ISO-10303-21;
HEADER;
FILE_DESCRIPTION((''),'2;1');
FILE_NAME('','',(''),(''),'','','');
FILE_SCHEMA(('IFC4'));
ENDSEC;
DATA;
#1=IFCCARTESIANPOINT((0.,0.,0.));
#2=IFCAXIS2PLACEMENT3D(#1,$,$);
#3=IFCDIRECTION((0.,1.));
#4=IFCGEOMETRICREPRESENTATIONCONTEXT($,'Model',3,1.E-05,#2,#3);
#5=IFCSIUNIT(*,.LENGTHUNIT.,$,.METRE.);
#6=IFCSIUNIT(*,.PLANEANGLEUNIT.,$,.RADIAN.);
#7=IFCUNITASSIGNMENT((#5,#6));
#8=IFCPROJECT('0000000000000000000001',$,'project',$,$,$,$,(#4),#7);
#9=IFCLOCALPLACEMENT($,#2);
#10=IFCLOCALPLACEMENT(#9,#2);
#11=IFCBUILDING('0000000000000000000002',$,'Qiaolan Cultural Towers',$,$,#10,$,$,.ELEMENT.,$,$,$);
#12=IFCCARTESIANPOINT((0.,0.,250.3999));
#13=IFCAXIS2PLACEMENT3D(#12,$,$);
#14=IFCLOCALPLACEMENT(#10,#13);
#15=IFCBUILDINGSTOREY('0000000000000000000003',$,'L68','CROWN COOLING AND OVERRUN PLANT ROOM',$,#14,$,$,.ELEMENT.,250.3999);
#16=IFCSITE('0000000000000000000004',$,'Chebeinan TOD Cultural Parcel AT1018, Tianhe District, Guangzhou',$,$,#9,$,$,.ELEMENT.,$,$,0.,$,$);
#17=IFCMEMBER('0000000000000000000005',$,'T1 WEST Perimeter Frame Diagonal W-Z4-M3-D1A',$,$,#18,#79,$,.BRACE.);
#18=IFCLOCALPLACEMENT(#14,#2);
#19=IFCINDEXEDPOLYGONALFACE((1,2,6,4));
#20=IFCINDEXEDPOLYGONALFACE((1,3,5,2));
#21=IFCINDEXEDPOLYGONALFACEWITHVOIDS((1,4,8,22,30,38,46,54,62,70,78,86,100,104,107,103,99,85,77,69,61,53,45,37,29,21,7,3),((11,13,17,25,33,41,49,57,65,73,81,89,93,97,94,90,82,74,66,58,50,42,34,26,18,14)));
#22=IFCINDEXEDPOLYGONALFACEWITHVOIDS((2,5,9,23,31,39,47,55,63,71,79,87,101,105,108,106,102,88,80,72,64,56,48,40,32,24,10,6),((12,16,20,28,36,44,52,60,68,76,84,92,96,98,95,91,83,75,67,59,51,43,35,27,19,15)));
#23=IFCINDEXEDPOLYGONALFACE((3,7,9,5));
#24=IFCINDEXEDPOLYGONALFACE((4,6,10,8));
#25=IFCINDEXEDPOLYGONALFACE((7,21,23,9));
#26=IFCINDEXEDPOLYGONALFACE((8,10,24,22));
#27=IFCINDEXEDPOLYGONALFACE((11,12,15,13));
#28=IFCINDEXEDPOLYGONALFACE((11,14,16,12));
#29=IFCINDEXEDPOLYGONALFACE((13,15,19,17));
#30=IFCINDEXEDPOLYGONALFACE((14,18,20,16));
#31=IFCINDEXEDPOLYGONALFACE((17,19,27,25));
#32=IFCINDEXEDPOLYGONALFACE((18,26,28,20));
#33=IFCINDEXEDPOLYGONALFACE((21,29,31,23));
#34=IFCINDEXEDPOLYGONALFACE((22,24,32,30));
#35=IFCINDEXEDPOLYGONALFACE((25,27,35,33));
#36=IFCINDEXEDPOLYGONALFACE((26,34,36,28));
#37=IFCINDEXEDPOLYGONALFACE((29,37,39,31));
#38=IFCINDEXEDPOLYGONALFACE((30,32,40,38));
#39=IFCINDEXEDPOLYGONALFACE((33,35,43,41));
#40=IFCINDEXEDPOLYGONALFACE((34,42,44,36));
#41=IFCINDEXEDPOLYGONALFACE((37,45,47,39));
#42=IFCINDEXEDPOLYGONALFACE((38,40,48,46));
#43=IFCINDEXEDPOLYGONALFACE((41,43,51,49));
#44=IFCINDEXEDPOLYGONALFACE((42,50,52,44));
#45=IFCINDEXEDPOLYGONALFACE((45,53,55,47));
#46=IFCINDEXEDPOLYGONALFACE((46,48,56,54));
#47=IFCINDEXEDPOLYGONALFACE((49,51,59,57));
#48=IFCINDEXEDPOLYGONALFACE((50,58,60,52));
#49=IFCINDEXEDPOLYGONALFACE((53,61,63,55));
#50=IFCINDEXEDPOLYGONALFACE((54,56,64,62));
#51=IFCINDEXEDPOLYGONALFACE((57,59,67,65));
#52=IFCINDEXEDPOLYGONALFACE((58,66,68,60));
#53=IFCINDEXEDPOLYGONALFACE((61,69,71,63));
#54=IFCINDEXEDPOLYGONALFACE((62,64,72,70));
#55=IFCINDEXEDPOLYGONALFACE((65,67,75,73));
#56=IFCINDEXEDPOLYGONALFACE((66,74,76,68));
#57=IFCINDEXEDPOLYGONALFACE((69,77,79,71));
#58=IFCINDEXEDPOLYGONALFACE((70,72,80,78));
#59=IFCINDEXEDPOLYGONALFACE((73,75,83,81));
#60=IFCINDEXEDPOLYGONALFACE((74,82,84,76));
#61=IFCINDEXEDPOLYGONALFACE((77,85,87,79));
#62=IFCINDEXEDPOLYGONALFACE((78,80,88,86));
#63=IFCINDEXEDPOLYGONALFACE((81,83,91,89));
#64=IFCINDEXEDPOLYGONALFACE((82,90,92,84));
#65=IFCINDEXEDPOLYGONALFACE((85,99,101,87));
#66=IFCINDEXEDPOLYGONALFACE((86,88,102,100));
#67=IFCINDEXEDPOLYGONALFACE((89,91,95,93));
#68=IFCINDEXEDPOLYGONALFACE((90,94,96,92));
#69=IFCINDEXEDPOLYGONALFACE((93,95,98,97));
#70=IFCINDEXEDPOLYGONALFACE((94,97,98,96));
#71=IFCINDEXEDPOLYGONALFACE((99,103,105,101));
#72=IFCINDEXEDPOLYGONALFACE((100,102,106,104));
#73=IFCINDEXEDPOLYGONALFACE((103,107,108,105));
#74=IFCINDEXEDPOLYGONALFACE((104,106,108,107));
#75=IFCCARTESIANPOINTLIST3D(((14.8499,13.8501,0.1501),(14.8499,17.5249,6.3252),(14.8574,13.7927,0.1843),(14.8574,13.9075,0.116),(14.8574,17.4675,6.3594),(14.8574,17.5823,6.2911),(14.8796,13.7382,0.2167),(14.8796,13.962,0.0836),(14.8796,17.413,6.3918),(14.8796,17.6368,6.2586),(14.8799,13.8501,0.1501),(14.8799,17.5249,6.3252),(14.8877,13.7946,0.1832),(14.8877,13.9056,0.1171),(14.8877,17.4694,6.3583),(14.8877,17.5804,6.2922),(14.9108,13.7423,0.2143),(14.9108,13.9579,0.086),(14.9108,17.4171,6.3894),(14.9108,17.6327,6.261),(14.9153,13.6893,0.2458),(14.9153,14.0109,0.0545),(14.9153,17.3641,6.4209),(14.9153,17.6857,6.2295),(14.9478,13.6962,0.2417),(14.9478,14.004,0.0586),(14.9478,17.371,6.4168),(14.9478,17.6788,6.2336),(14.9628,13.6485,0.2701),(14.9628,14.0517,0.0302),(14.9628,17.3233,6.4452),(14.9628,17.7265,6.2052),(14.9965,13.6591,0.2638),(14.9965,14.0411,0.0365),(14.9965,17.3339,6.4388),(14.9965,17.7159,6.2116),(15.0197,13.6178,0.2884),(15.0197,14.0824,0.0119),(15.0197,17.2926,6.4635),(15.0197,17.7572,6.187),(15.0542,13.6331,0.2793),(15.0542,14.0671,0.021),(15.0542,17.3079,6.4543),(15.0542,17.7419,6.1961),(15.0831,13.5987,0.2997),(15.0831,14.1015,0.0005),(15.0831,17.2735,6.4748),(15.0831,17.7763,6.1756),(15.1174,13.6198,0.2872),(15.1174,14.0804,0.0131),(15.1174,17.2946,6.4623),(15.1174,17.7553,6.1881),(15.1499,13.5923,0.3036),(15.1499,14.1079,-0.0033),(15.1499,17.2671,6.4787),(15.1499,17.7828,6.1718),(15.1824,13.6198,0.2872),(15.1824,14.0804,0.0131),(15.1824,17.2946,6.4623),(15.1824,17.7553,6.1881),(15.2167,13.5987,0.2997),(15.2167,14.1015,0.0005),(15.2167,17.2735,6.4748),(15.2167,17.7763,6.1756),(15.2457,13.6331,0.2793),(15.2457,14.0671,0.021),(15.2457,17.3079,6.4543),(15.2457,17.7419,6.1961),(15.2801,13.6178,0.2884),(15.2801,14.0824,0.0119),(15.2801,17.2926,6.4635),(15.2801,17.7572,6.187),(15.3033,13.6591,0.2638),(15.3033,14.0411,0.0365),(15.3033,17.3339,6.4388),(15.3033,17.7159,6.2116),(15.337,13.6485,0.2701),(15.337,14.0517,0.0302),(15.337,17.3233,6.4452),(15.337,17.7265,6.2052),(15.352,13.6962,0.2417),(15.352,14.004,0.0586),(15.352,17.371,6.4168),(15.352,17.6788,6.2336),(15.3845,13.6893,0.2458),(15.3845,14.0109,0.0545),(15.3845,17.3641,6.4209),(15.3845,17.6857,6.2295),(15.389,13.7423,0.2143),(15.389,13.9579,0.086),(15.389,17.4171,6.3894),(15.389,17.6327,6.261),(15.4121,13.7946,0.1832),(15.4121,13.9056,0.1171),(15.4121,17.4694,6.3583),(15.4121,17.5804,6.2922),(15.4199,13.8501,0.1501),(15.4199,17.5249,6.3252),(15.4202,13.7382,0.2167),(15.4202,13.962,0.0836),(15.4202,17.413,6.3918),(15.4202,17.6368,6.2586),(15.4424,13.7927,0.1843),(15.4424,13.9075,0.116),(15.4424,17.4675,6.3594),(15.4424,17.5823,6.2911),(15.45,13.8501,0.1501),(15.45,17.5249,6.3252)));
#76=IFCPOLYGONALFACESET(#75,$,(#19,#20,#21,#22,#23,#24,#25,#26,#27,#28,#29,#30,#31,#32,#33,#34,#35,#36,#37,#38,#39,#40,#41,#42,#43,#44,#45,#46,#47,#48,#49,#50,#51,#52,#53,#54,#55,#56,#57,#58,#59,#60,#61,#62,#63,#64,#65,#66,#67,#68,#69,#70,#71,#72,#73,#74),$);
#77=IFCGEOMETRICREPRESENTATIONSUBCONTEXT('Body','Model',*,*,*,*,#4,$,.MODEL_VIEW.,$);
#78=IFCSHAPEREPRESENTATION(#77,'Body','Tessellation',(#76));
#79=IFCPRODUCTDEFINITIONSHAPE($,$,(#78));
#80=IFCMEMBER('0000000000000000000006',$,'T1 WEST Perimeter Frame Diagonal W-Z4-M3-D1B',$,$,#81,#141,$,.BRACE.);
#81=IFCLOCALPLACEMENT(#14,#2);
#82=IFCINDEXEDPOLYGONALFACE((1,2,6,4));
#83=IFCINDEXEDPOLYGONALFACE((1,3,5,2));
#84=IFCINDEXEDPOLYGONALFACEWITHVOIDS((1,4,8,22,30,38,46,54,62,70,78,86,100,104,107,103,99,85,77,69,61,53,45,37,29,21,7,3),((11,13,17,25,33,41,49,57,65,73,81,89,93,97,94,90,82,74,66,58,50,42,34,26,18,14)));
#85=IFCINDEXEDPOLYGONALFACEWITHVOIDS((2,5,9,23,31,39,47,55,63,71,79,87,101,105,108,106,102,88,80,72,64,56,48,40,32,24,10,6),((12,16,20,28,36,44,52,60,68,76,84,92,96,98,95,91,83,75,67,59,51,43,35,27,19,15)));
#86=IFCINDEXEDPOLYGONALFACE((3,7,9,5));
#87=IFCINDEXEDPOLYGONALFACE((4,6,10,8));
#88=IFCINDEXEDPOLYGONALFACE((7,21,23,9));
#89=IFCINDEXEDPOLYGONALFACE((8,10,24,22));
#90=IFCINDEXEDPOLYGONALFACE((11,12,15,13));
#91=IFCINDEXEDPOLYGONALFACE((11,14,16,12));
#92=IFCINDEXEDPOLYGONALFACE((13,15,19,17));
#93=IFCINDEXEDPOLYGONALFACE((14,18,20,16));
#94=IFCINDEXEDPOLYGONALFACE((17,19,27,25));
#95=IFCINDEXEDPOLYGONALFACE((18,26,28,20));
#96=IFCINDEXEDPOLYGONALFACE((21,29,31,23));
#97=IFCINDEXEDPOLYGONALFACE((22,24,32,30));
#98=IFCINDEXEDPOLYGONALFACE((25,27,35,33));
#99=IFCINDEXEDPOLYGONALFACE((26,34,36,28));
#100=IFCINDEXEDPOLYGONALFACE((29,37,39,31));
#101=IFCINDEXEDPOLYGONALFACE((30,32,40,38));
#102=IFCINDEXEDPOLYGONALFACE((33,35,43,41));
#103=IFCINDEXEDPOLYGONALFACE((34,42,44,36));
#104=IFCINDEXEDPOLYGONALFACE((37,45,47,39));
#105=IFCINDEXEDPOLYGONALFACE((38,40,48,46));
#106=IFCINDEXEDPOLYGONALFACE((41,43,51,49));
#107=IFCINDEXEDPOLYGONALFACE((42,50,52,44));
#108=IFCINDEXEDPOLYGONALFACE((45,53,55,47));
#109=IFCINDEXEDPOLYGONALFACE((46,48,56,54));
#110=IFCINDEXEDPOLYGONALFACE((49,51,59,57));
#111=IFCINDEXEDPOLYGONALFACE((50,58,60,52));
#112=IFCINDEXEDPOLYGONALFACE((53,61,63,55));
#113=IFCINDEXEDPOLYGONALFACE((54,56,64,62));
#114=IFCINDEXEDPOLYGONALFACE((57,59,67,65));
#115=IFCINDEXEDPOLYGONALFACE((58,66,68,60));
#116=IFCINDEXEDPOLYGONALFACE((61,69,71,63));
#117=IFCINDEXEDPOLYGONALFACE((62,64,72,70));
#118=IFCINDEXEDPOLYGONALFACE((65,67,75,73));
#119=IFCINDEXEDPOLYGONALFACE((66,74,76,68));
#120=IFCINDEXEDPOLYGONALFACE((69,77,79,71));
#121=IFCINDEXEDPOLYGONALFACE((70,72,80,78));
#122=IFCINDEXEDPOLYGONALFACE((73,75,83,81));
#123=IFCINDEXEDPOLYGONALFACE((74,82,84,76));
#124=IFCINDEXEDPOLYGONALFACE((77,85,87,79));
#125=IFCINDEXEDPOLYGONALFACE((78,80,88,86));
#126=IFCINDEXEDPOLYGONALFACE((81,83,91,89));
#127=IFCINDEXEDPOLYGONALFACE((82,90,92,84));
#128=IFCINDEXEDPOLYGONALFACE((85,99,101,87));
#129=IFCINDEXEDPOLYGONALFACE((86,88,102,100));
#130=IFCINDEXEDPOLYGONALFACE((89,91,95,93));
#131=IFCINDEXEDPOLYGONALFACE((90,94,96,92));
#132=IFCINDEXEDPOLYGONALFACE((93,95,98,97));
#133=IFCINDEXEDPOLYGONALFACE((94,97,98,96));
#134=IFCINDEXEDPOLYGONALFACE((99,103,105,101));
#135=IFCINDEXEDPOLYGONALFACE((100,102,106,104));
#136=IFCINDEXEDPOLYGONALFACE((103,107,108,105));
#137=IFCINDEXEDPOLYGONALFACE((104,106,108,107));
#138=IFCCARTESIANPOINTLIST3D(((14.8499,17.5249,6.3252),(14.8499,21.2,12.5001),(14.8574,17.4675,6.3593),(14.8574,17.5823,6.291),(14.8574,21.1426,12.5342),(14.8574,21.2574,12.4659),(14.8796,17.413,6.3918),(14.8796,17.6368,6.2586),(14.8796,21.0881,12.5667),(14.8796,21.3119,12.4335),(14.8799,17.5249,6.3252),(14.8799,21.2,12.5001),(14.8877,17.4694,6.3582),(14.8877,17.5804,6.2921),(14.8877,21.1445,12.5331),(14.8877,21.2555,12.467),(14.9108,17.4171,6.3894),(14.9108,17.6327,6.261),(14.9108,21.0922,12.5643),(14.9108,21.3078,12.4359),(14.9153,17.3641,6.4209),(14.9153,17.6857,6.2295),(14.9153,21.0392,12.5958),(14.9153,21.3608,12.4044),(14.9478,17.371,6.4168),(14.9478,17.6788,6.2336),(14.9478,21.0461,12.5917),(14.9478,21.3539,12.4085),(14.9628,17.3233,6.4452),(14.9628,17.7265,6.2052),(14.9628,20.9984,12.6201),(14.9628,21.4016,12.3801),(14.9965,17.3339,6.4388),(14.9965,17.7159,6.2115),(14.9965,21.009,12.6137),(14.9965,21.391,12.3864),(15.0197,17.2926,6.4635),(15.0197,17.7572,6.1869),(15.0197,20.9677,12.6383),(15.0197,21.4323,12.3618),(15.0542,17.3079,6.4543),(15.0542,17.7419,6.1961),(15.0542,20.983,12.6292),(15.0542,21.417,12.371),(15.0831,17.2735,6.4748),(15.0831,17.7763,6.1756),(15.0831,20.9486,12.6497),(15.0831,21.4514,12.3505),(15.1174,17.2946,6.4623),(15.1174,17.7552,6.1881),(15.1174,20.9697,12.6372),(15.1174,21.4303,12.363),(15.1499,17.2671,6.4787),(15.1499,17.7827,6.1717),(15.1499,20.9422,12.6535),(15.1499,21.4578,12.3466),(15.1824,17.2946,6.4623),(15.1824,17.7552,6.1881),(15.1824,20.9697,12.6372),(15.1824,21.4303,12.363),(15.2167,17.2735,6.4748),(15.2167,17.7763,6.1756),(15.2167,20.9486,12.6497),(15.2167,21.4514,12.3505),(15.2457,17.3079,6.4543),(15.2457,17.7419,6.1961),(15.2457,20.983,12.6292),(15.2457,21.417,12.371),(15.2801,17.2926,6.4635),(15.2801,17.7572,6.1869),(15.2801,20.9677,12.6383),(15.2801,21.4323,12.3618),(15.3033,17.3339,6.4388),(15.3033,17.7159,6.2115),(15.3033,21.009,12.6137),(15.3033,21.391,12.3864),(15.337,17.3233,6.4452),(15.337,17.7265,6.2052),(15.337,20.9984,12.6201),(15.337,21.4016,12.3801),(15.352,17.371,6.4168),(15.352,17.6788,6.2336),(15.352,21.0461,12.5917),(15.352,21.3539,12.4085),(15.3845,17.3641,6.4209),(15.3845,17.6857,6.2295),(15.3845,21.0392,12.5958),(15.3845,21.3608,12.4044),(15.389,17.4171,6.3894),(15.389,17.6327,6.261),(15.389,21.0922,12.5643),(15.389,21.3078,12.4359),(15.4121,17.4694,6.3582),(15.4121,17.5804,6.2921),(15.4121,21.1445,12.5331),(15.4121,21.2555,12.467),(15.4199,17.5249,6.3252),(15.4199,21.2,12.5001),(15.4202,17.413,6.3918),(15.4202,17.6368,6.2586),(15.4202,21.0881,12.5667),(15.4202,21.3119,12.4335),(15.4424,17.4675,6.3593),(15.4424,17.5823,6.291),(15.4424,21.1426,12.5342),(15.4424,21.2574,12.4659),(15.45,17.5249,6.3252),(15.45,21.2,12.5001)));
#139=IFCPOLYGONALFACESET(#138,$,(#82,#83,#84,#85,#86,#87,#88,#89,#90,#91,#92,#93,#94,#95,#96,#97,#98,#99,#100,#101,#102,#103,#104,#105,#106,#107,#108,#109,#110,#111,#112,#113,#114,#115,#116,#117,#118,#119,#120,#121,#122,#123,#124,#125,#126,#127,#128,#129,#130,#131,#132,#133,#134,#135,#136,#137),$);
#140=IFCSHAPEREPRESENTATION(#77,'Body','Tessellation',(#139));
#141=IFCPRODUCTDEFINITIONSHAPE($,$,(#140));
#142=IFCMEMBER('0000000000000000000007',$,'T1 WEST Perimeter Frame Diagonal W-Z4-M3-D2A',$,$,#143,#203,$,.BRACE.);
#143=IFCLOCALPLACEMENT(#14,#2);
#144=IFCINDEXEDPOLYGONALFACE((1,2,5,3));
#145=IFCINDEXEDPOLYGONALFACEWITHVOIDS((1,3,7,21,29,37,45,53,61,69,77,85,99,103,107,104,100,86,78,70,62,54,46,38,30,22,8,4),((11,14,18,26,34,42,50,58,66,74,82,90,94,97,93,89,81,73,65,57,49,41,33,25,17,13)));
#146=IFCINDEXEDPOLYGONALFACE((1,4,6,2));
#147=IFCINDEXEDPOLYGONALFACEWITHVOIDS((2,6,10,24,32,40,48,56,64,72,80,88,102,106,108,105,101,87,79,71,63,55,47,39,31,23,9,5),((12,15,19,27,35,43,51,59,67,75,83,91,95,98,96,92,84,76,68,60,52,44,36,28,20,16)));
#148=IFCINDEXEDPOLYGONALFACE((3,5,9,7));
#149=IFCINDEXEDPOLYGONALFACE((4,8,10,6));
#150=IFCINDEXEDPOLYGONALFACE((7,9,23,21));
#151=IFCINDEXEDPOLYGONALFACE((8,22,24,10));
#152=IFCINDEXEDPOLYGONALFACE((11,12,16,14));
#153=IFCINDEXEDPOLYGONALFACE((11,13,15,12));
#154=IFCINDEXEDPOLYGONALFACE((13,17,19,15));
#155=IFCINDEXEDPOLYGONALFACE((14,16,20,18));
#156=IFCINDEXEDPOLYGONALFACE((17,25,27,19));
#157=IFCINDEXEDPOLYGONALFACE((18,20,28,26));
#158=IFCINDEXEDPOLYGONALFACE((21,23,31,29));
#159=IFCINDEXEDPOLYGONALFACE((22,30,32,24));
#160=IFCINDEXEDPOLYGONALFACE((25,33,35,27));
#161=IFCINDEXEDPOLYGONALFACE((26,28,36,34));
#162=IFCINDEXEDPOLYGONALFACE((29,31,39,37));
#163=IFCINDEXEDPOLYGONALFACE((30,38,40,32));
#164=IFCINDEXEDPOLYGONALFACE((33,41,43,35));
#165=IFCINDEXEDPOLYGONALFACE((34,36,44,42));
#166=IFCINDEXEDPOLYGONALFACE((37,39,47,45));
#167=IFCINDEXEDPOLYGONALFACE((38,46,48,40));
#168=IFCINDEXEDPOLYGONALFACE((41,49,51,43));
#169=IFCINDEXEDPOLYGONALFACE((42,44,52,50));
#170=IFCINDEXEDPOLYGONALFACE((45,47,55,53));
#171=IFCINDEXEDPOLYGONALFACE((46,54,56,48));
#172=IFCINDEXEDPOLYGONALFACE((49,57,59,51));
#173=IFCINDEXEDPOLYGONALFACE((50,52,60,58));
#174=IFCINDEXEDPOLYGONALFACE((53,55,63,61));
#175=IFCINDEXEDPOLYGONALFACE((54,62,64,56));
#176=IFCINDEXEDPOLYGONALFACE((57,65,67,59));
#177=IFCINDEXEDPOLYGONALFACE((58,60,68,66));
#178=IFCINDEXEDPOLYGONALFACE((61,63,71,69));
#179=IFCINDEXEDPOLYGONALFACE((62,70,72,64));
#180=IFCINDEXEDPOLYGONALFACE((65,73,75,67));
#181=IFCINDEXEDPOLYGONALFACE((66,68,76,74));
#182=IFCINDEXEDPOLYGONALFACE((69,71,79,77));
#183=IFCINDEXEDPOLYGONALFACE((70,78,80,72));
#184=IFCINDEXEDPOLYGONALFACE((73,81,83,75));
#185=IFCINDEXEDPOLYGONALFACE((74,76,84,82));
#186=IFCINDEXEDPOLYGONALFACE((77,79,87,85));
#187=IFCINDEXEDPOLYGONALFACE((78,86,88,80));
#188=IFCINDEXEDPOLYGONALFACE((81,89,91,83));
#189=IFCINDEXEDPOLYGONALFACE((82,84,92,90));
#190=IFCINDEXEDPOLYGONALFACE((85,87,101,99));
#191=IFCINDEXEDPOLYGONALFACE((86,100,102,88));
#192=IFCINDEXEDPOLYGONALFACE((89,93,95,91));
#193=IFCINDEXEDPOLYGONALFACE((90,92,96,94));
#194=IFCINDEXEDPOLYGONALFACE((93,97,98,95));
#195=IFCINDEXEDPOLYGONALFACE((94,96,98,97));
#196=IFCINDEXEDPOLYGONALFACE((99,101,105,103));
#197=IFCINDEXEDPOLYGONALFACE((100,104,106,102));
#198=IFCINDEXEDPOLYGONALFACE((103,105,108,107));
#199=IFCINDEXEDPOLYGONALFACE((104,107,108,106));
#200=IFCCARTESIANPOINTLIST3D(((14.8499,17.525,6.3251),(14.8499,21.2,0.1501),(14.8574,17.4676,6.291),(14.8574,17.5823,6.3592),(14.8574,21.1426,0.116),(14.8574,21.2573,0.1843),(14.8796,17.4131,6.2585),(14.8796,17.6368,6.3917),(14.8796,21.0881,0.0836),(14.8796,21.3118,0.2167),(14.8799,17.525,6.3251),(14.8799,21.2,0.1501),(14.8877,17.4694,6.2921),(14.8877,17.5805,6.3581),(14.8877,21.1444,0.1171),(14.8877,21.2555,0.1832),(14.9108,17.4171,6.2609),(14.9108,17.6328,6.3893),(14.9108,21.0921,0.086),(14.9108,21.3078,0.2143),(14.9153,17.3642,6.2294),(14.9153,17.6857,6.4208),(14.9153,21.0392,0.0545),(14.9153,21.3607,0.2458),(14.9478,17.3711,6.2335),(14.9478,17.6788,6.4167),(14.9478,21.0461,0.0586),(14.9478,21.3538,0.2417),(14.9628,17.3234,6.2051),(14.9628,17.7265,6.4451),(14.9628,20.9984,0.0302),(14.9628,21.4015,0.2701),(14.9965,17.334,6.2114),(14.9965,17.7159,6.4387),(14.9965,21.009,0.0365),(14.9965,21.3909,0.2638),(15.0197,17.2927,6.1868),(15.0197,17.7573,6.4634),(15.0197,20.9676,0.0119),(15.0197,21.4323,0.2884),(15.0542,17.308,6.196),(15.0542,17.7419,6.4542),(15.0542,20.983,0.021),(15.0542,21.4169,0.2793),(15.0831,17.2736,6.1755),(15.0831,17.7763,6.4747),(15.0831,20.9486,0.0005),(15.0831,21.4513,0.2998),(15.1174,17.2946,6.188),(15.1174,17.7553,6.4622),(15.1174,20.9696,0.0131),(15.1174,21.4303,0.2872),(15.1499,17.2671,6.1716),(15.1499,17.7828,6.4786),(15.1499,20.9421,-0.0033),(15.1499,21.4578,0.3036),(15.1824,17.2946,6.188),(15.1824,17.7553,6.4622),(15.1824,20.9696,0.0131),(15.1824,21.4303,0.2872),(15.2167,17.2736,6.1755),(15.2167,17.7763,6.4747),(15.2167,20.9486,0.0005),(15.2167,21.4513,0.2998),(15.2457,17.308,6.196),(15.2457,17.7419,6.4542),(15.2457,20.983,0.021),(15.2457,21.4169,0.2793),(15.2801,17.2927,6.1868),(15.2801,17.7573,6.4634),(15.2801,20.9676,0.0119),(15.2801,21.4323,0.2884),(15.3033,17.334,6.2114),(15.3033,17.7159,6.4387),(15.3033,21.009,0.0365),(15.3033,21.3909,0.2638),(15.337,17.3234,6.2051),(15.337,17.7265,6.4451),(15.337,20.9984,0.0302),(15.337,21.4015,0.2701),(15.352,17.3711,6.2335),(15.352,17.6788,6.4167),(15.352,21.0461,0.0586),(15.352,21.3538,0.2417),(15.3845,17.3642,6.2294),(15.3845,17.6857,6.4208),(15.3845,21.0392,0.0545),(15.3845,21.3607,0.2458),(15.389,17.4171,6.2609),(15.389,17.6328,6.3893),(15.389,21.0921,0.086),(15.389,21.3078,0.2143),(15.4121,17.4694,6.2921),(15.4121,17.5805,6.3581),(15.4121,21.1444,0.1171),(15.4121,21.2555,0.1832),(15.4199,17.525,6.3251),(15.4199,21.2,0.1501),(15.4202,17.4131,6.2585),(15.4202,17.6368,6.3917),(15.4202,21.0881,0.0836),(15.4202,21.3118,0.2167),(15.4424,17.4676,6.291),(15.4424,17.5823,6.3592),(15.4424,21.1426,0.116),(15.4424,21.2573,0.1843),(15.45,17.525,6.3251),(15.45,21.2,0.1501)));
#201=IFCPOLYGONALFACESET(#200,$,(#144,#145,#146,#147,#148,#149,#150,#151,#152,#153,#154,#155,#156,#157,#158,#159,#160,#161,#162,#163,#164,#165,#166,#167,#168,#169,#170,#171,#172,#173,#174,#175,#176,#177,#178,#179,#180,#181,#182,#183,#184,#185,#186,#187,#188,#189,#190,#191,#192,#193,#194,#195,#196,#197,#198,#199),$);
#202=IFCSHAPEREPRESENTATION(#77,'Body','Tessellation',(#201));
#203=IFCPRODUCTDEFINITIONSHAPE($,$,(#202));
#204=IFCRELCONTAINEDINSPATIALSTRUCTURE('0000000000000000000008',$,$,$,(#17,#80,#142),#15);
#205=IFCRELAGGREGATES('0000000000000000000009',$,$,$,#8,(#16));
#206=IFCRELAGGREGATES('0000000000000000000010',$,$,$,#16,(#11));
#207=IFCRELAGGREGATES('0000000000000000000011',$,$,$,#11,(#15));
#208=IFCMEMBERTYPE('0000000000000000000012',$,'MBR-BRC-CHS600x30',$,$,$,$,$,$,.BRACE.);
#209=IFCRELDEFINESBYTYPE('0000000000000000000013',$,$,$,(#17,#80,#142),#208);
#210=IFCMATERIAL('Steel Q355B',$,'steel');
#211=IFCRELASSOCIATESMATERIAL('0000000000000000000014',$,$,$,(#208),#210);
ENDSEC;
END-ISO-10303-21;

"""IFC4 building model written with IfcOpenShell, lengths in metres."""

from ifc_helpers import new_model, si_unit, direction, frame, origin, origin_2d, place, context, subcontext, project, spatial, hollow_circle, extrude, material, material_profile, profile_set, type_object, element, save


model = new_model("IFC4")

# Units and contexts
model_context = context("Model", 3, precision=1e-05, world=origin(), true_north=direction((0.0, 1.0)))
body_context = subcontext(model_context, "Body", "Model", "MODEL_VIEW")
ifc_project = project(units=[si_unit("LENGTHUNIT", "METRE"), si_unit("PLANEANGLEUNIT", "RADIAN")], contexts=[model_context])

# Site, building, storey
site_placement = place(None, origin())
site = spatial("IfcSite", under=ifc_project, at=site_placement, Name="Chebeinan TOD Cultural Parcel AT1018, Tianhe District, Guangzhou", CompositionType="ELEMENT", RefElevation=0.0)
building_placement = place(site_placement, origin())
building = spatial("IfcBuilding", under=site, at=building_placement, Name="Qiaolan Cultural Towers", CompositionType="ELEMENT")
storey_placement = place(building_placement, frame((0.0, 0.0, 250.3999)))
storey = spatial("IfcBuildingStorey", under=building, at=storey_placement, Name="L68", Description="CROWN COOLING AND OVERRUN PLANT ROOM", CompositionType="ELEMENT", Elevation=250.3999)

# Members
ifc_material_1 = material(Name="Steel Q355B", Category="steel")
ifc_material_profile = material_profile(ifc_material_1, hollow_circle(Radius=0.3, WallThickness=0.03, at=origin_2d()), Name="CHS600x30")
ifc_profile_set = profile_set([ifc_material_profile], Name="Steel Q355B")
member_type = type_object("IfcMemberType", Name="MBR-BRC-CHS600x30", PredefinedType="BRACE", material=ifc_profile_set)
for number, where, z_axis, x_axis, name in (
    (1, (15.1499, 13.8501, 0.1501), (0.0, 0.5114, 0.859343), (-1.0, 0.0, 0.0), "T1 WEST Perimeter Frame Diagonal W-Z4-M3-D1A"),
    (2, (15.1499, 17.5249, 6.3252), (0.0, 0.51144, 0.859319), (-1.0, 0.0, 0.0), "T1 WEST Perimeter Frame Diagonal W-Z4-M3-D1B"),
    (3, (15.1499, 21.2, 0.1501), (0.0, -0.511425, 0.859328), (1.0, 0.0, 0.0), "T1 WEST Perimeter Frame Diagonal W-Z4-M3-D2A"),
):
    element("IfcMember", number, at=place(storey_placement, frame(where, z_axis=z_axis, x_axis=x_axis)), inside=storey, type_object=member_type, Name=name, PredefinedType="BRACE", context=body_context, shape_type="SweptSolid", body=[
        extrude(hollow_circle(Radius=0.3, WallThickness=0.03, at=origin_2d()), origin(), (0.0, 0.0, 1.0), 7.1858),
    ])

save(model, "model.ifc")
